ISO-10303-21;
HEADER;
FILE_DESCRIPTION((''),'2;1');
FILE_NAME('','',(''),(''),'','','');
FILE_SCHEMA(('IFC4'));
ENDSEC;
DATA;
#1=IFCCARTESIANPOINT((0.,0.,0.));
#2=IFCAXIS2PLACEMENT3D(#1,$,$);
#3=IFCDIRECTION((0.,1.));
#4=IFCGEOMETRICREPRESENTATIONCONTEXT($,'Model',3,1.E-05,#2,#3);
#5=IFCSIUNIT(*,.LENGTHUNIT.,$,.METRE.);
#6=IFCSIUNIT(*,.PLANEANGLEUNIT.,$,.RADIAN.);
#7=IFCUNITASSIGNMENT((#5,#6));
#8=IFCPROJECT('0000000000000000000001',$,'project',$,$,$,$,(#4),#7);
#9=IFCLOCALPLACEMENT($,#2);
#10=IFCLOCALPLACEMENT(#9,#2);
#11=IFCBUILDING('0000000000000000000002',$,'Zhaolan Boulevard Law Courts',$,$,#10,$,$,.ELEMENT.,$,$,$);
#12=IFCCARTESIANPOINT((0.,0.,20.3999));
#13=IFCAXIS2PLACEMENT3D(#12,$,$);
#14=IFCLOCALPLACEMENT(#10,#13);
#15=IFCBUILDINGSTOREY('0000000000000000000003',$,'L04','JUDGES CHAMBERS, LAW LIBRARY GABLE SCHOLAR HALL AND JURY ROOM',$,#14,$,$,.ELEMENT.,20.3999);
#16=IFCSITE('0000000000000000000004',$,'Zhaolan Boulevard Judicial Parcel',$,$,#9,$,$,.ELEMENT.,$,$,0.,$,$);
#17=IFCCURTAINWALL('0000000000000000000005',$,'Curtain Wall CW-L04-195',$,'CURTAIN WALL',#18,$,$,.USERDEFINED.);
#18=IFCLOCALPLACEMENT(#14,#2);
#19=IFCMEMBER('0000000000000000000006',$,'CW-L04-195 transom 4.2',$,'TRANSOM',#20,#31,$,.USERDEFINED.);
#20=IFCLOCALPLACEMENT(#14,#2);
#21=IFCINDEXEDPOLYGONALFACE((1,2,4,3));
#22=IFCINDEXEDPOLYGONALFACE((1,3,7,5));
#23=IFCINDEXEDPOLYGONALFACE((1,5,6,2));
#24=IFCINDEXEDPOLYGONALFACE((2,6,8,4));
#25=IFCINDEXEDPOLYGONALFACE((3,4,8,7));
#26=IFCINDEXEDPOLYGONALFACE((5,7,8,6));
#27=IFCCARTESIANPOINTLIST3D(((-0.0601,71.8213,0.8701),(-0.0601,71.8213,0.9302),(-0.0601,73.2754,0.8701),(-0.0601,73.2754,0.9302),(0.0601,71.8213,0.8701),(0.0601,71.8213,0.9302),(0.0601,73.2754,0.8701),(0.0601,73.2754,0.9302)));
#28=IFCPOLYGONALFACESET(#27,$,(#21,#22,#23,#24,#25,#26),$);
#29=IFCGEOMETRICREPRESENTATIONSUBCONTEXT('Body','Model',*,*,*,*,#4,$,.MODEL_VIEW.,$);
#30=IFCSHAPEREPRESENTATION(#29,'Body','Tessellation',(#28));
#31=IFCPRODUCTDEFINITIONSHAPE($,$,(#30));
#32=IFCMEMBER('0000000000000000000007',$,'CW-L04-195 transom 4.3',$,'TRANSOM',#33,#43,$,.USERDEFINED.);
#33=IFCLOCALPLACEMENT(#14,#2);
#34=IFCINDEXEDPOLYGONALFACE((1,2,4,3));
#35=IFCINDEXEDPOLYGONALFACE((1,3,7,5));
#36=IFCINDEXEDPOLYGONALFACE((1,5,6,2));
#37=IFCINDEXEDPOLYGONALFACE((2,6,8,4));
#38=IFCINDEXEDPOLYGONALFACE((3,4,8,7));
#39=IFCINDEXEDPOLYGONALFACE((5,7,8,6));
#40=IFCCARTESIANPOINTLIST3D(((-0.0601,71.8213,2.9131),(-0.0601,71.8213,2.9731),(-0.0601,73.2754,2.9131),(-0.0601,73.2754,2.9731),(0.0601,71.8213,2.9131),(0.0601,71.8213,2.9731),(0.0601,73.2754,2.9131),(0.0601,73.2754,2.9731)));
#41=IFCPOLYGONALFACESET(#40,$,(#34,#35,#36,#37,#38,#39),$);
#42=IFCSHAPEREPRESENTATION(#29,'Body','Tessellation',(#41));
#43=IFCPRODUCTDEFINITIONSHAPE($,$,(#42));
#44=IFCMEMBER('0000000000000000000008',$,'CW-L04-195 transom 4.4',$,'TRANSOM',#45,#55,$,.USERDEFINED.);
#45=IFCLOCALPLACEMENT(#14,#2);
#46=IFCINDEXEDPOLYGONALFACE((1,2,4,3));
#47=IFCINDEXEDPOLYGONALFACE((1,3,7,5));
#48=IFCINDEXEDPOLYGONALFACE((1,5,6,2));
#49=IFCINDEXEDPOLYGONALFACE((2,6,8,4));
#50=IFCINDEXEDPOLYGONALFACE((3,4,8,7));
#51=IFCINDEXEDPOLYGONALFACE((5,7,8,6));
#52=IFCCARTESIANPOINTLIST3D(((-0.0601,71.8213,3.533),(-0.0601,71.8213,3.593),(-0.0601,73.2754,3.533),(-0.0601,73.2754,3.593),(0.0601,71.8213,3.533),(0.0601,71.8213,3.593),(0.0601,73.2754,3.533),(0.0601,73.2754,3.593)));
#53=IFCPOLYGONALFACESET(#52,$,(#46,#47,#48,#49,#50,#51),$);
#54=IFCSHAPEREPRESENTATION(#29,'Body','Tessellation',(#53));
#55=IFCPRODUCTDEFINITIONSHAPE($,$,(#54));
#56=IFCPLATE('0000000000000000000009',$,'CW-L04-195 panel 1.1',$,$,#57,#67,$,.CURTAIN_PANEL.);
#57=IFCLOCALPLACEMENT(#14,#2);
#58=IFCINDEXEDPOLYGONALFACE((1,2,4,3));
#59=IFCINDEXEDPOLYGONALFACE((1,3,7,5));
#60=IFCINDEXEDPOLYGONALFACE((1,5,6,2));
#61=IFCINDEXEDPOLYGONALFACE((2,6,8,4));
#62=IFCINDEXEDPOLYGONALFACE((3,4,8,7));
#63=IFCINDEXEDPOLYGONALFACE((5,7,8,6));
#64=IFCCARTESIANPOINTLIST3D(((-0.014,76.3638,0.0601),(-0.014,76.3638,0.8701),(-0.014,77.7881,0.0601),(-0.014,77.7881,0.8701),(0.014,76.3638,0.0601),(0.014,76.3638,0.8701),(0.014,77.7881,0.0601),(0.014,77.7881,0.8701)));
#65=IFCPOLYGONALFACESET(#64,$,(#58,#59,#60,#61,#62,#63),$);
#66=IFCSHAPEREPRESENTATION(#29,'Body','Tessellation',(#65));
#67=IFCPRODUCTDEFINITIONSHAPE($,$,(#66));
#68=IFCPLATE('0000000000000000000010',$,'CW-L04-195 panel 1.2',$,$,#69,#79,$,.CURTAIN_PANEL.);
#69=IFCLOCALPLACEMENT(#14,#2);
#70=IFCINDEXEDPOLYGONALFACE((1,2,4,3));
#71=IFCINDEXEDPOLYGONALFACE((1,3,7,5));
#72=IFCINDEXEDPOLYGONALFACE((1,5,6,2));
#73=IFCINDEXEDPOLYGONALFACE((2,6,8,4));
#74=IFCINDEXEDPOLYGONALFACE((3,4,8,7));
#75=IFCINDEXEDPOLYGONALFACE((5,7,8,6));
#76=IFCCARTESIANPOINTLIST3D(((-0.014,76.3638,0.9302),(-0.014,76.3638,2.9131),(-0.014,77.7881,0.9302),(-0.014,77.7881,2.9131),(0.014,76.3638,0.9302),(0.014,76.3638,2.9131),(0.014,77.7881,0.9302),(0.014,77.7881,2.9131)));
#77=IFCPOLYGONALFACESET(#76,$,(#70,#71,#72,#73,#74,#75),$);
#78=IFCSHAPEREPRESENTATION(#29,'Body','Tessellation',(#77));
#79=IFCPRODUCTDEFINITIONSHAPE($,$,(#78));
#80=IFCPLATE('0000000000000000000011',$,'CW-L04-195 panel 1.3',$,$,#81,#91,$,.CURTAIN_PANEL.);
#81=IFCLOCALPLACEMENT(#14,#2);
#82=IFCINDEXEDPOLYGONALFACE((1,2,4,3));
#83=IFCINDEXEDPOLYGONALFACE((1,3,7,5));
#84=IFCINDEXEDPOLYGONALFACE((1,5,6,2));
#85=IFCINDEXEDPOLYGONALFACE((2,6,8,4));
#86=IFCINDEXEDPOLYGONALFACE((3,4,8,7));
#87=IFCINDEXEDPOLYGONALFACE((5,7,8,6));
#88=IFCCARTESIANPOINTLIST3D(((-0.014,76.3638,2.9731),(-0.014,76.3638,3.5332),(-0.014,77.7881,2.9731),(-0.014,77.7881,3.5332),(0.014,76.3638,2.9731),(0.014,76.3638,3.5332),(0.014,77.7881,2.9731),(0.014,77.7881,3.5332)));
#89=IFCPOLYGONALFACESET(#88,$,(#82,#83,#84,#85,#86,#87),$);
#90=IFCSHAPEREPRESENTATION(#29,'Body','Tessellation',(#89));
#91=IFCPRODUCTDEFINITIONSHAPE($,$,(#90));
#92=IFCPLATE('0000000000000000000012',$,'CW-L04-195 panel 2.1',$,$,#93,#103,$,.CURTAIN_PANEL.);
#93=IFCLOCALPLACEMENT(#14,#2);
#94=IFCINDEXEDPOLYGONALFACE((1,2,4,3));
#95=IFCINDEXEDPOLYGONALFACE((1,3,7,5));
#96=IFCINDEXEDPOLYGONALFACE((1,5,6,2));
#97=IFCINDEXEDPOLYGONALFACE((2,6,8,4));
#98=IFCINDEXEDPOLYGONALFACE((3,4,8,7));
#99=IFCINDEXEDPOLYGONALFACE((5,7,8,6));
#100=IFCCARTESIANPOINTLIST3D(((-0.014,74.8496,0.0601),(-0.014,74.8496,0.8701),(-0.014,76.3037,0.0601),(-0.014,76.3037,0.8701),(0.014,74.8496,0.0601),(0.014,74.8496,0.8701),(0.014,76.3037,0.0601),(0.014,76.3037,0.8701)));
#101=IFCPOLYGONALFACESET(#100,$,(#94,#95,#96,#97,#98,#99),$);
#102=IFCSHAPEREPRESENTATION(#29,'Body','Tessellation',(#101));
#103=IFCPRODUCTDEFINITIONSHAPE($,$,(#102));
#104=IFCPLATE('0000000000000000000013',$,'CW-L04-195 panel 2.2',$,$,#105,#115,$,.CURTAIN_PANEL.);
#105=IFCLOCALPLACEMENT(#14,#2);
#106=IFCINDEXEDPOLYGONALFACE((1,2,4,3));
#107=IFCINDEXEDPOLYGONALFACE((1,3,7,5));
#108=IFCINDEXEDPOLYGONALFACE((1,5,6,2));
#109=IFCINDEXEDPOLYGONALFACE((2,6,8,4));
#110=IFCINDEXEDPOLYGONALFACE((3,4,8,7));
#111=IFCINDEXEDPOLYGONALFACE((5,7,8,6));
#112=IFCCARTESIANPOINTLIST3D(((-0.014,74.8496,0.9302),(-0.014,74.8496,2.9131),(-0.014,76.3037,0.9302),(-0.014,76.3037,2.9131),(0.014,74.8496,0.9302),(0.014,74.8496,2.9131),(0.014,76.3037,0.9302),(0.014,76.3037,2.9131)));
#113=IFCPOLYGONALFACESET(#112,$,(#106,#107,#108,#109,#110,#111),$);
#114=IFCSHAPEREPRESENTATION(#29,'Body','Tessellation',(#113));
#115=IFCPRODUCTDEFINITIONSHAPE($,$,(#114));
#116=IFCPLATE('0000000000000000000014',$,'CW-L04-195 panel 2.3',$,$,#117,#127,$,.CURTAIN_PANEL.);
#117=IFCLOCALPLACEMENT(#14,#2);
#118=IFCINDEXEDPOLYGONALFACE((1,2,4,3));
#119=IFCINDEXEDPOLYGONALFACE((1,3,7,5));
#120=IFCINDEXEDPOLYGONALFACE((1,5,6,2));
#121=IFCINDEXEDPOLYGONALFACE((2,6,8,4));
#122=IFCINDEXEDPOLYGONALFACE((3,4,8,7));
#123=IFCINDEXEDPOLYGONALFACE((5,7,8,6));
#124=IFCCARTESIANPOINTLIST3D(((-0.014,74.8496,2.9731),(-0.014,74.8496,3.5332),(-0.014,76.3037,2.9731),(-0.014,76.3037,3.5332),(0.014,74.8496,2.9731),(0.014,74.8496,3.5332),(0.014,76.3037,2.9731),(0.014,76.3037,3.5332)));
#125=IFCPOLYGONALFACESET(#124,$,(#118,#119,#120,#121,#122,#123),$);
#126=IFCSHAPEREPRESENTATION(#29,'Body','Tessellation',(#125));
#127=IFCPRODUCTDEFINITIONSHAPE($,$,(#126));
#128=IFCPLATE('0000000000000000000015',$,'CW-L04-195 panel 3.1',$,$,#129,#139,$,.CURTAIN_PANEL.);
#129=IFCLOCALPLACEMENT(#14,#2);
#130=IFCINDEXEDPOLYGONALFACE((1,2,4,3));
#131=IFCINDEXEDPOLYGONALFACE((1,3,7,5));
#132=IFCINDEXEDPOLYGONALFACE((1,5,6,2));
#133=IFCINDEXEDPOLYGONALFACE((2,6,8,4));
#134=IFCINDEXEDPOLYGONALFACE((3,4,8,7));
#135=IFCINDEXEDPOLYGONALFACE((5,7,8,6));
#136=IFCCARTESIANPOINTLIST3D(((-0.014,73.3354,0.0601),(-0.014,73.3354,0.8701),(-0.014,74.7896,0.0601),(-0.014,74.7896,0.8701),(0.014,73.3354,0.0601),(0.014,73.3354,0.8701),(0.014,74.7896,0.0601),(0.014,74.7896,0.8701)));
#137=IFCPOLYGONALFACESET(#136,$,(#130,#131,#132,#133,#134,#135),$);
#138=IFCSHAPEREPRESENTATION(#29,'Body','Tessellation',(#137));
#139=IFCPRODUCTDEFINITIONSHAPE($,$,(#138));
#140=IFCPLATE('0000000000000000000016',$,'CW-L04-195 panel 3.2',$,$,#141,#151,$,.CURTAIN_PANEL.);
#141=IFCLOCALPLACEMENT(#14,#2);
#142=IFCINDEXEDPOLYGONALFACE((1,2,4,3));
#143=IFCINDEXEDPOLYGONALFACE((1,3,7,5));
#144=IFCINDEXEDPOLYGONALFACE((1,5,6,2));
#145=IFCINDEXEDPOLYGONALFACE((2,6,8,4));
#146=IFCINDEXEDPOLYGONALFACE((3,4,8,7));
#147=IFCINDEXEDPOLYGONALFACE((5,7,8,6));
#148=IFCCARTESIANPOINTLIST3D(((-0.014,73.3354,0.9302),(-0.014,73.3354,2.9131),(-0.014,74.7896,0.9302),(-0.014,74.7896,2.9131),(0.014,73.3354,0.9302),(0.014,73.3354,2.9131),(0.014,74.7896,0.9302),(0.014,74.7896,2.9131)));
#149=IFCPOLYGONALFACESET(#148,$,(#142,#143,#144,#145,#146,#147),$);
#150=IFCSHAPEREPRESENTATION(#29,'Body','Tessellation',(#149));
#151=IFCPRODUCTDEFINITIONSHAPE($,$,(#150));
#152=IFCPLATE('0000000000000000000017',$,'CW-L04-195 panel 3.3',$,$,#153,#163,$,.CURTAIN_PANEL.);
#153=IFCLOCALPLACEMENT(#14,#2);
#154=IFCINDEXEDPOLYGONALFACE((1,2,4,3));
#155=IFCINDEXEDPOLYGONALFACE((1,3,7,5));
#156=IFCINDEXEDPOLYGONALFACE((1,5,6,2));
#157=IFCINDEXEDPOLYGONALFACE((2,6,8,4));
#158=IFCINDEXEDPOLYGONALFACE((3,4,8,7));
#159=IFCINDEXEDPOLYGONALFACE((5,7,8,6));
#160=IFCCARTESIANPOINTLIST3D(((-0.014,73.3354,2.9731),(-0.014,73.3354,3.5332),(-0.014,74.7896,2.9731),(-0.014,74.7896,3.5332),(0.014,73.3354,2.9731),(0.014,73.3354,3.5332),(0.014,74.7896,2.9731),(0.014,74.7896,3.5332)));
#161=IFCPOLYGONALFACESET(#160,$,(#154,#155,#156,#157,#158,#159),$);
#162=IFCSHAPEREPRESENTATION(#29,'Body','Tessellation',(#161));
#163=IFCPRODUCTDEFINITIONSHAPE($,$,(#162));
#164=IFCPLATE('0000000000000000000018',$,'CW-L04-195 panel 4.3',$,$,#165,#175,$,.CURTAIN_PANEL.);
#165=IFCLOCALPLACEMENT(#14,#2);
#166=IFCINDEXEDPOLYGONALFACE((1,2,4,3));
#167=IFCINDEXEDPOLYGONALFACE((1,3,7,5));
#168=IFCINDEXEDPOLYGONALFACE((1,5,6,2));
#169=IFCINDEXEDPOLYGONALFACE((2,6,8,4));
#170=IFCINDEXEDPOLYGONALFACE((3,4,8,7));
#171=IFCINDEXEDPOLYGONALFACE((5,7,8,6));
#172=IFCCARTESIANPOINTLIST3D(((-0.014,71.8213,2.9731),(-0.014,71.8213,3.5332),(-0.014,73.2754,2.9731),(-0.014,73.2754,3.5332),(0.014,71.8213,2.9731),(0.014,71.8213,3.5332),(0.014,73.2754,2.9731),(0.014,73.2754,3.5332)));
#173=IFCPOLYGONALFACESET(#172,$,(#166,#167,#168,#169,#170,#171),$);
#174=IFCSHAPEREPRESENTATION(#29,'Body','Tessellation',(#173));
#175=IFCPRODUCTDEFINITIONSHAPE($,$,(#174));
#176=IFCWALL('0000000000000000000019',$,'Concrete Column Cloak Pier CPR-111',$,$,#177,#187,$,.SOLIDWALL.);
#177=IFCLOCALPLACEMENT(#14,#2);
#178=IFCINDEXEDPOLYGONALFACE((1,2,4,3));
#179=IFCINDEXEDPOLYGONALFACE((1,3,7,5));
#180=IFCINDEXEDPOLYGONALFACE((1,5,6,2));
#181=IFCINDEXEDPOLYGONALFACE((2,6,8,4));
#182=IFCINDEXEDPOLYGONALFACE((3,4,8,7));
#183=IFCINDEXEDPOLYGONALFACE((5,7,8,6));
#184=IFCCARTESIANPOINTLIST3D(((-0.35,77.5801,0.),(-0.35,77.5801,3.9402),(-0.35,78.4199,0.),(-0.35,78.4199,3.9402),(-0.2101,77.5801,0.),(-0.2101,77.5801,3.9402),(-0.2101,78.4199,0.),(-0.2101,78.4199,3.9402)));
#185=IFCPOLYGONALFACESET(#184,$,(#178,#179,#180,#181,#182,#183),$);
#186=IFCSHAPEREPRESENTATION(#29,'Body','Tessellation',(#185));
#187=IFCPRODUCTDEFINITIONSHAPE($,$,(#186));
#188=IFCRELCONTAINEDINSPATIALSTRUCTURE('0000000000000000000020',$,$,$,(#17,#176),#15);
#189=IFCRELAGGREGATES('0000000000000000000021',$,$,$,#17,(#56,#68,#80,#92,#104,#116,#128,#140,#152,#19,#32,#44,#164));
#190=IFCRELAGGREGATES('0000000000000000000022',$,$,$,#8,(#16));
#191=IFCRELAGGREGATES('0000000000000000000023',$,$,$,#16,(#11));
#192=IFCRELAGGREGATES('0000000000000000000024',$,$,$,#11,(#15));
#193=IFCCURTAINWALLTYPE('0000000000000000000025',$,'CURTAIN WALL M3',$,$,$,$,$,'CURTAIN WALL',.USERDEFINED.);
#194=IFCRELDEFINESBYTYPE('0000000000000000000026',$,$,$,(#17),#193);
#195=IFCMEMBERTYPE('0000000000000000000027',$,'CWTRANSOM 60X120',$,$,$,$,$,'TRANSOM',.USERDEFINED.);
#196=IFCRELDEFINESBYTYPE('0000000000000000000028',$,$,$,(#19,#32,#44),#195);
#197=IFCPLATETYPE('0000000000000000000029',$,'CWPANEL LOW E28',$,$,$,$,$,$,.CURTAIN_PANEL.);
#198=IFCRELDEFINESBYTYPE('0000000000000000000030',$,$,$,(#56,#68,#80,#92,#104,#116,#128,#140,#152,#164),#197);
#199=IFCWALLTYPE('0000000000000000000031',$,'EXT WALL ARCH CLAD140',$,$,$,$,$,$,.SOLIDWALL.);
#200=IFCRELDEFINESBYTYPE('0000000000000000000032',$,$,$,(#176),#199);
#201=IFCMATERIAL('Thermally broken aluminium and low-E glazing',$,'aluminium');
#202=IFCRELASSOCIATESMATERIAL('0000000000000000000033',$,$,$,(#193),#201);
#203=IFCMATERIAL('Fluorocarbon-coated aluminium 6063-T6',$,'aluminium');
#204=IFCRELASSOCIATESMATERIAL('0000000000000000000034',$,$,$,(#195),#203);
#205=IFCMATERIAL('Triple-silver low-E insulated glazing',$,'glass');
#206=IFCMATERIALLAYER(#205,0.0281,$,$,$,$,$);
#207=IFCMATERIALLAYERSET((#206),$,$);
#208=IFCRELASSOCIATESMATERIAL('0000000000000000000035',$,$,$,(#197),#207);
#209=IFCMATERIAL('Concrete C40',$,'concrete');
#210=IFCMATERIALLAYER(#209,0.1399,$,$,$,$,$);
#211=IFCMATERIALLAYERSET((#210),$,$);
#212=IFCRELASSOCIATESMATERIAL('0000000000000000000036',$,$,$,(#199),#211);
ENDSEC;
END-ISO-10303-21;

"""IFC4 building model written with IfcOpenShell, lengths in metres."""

from ifc_helpers import new_model, si_unit, direction, frame, frame_2d, origin, origin_2d, place, context, subcontext, project, spatial, rectangle, extrude, material, layer, layer_set, material_profile, profile_set, type_object, element, aggregate, save


model = new_model("IFC4")

# Units and contexts
model_context = context("Model", 3, precision=1e-05, world=origin(), true_north=direction((0.0, 1.0)))
body_context = subcontext(model_context, "Body", "Model", "MODEL_VIEW")
ifc_project = project(units=[si_unit("LENGTHUNIT", "METRE"), si_unit("PLANEANGLEUNIT", "RADIAN")], contexts=[model_context])

# Site, building, storey
site_placement = place(None, origin())
site = spatial("IfcSite", under=ifc_project, at=site_placement, Name="Zhaolan Boulevard Judicial Parcel", CompositionType="ELEMENT", RefElevation=0.0)
building_placement = place(site_placement, origin())
building = spatial("IfcBuilding", under=site, at=building_placement, Name="Zhaolan Boulevard Law Courts", CompositionType="ELEMENT")
storey_placement = place(building_placement, frame((0.0, 0.0, 20.3999)))
storey = spatial("IfcBuildingStorey", under=building, at=storey_placement, Name="L04", Description="JUDGES CHAMBERS, LAW LIBRARY GABLE SCHOLAR HALL AND JURY ROOM", CompositionType="ELEMENT", Elevation=20.3999)

# Curtain wall, members, plates
ifc_material_1 = material(Name="Thermally broken aluminium and low-E glazing", Category="aluminium")
curtain_wall_type = type_object("IfcCurtainWallType", Name="CURTAIN WALL M3", ElementType="CURTAIN WALL", PredefinedType="USERDEFINED", material=ifc_material_1)
curtain_wall_placement = place(storey_placement, origin())
curtain_wall = element("IfcCurtainWall", 1, at=curtain_wall_placement, inside=storey, type_object=curtain_wall_type, Name="Curtain Wall CW-L04-195", ObjectType="CURTAIN WALL", PredefinedType="USERDEFINED")
ifc_material_2 = material(Name="Fluorocarbon-coated aluminium 6063-T6", Category="aluminium")
ifc_material_profile_1 = material_profile(ifc_material_2, rectangle(XDim=0.1201, YDim=0.0601, at=origin_2d()), Name="AL60x120")
ifc_profile_set_1 = profile_set([ifc_material_profile_1], Name="Fluorocarbon-coated aluminium 6063-T6")
member_type_1 = type_object("IfcMemberType", Name="CWTRANSOM 60X120", ElementType="TRANSOM", PredefinedType="USERDEFINED", material=ifc_profile_set_1)
member_1_placement = place(storey_placement, frame((0.0, 73.2754, 0.9001), z_axis=(0.0, -1.0, 0.0), x_axis=(1.0, 0.0, 0.0)))
member_1 = element("IfcMember", 2, at=member_1_placement, type_object=member_type_1, Name="CW-L04-195 transom 4.2", ObjectType="TRANSOM", PredefinedType="USERDEFINED", context=body_context, shape_type="SweptSolid", body=[
    extrude(rectangle(XDim=0.1201, YDim=0.0601, at=origin_2d()), origin(), (0.0, 0.0, 1.0), 1.4541),
])
member_2_placement = place(storey_placement, frame((0.0, 73.2754, 2.9431), z_axis=(0.0, -1.0, 0.0), x_axis=(1.0, 0.0, 0.0)))
member_2 = element("IfcMember", 3, at=member_2_placement, type_object=member_type_1, Name="CW-L04-195 transom 4.3", ObjectType="TRANSOM", PredefinedType="USERDEFINED", context=body_context, shape_type="SweptSolid", body=[
    extrude(rectangle(XDim=0.1201, YDim=0.0601, at=origin_2d()), origin(), (0.0, 0.0, 1.0), 1.4541),
])
member_3_placement = place(storey_placement, frame((0.0, 73.2754, 3.563), z_axis=(0.0, -1.0, 0.0), x_axis=(1.0, 0.0, 0.0)))
member_3 = element("IfcMember", 4, at=member_3_placement, type_object=member_type_1, Name="CW-L04-195 transom 4.4", ObjectType="TRANSOM", PredefinedType="USERDEFINED", context=body_context, shape_type="SweptSolid", body=[
    extrude(rectangle(XDim=0.1201, YDim=0.0601, at=origin_2d()), origin(), (0.0, 0.0, 1.0), 1.4541),
])
ifc_material_3 = material(Name="Triple-silver low-E insulated glazing", Category="glass")
ifc_layer_1 = layer(ifc_material_3, 0.0281)
ifc_layer_set_1 = layer_set([ifc_layer_1])
plate_type = type_object("IfcPlateType", Name="CWPANEL LOW E28", PredefinedType="CURTAIN_PANEL", material=ifc_layer_set_1)
plate_1_placement = place(storey_placement, frame((0.0, 77.0759, 0.0601), z_axis=(0.0, 0.0, 1.0), x_axis=(0.0, -1.0, 0.0)))
plate_1 = element("IfcPlate", 5, at=plate_1_placement, type_object=plate_type, Name="CW-L04-195 panel 1.1", PredefinedType="CURTAIN_PANEL", context=body_context, shape_type="SweptSolid", body=[
    extrude(rectangle(XDim=1.4243, YDim=0.0281, at=origin_2d()), origin(), (0.0, 0.0, 1.0), 0.8101),
])
plate_2_placement = place(storey_placement, frame((0.0, 77.0759, 0.9302), z_axis=(0.0, 0.0, 1.0), x_axis=(0.0, -1.0, 0.0)))
plate_2 = element("IfcPlate", 6, at=plate_2_placement, type_object=plate_type, Name="CW-L04-195 panel 1.2", PredefinedType="CURTAIN_PANEL", context=body_context, shape_type="SweptSolid", body=[
    extrude(rectangle(XDim=1.4243, YDim=0.0281, at=origin_2d()), origin(), (0.0, 0.0, 1.0), 1.9829),
])
plate_3_placement = place(storey_placement, frame((0.0, 77.0759, 2.9731), z_axis=(0.0, 0.0, 1.0), x_axis=(0.0, -1.0, 0.0)))
plate_3 = element("IfcPlate", 7, at=plate_3_placement, type_object=plate_type, Name="CW-L04-195 panel 1.3", PredefinedType="CURTAIN_PANEL", context=body_context, shape_type="SweptSolid", body=[
    extrude(rectangle(XDim=1.4243, YDim=0.0281, at=origin_2d()), origin(), (0.0, 0.0, 1.0), 0.5601),
])
plate_4_placement = place(storey_placement, frame((0.0, 75.5767, 0.0601), z_axis=(0.0, 0.0, 1.0), x_axis=(0.0, -1.0, 0.0)))
plate_4 = element("IfcPlate", 8, at=plate_4_placement, type_object=plate_type, Name="CW-L04-195 panel 2.1", PredefinedType="CURTAIN_PANEL", context=body_context, shape_type="SweptSolid", body=[
    extrude(rectangle(XDim=1.4541, YDim=0.0281, at=origin_2d()), origin(), (0.0, 0.0, 1.0), 0.8101),
])
plate_5_placement = place(storey_placement, frame((0.0, 75.5767, 0.9302), z_axis=(0.0, 0.0, 1.0), x_axis=(0.0, -1.0, 0.0)))
plate_5 = element("IfcPlate", 9, at=plate_5_placement, type_object=plate_type, Name="CW-L04-195 panel 2.2", PredefinedType="CURTAIN_PANEL", context=body_context, shape_type="SweptSolid", body=[
    extrude(rectangle(XDim=1.4541, YDim=0.0281, at=origin_2d()), origin(), (0.0, 0.0, 1.0), 1.9829),
])
plate_6_placement = place(storey_placement, frame((0.0, 75.5767, 2.9731), z_axis=(0.0, 0.0, 1.0), x_axis=(0.0, -1.0, 0.0)))
plate_6 = element("IfcPlate", 10, at=plate_6_placement, type_object=plate_type, Name="CW-L04-195 panel 2.3", PredefinedType="CURTAIN_PANEL", context=body_context, shape_type="SweptSolid", body=[
    extrude(rectangle(XDim=1.4541, YDim=0.0281, at=origin_2d()), origin(), (0.0, 0.0, 1.0), 0.5601),
])
plate_7_placement = place(storey_placement, frame((0.0, 74.0625, 0.0601), z_axis=(0.0, 0.0, 1.0), x_axis=(0.0, -1.0, 0.0)))
plate_7 = element("IfcPlate", 11, at=plate_7_placement, type_object=plate_type, Name="CW-L04-195 panel 3.1", PredefinedType="CURTAIN_PANEL", context=body_context, shape_type="SweptSolid", body=[
    extrude(rectangle(XDim=1.4541, YDim=0.0281, at=origin_2d()), origin(), (0.0, 0.0, 1.0), 0.8101),
])
plate_8_placement = place(storey_placement, frame((0.0, 74.0625, 0.9302), z_axis=(0.0, 0.0, 1.0), x_axis=(0.0, -1.0, 0.0)))
plate_8 = element("IfcPlate", 12, at=plate_8_placement, type_object=plate_type, Name="CW-L04-195 panel 3.2", PredefinedType="CURTAIN_PANEL", context=body_context, shape_type="SweptSolid", body=[
    extrude(rectangle(XDim=1.4541, YDim=0.0281, at=origin_2d()), origin(), (0.0, 0.0, 1.0), 1.9829),
])
plate_9_placement = place(storey_placement, frame((0.0, 74.0625, 2.9731), z_axis=(0.0, 0.0, 1.0), x_axis=(0.0, -1.0, 0.0)))
plate_9 = element("IfcPlate", 13, at=plate_9_placement, type_object=plate_type, Name="CW-L04-195 panel 3.3", PredefinedType="CURTAIN_PANEL", context=body_context, shape_type="SweptSolid", body=[
    extrude(rectangle(XDim=1.4541, YDim=0.0281, at=origin_2d()), origin(), (0.0, 0.0, 1.0), 0.5601),
])
plate_10_placement = place(storey_placement, frame((0.0, 72.5483, 2.9731), z_axis=(0.0, 0.0, 1.0), x_axis=(0.0, -1.0, 0.0)))
plate_10 = element("IfcPlate", 14, at=plate_10_placement, type_object=plate_type, Name="CW-L04-195 panel 4.3", PredefinedType="CURTAIN_PANEL", context=body_context, shape_type="SweptSolid", body=[
    extrude(rectangle(XDim=1.4541, YDim=0.0281, at=origin_2d()), origin(), (0.0, 0.0, 1.0), 0.5601),
])
aggregate(curtain_wall, [plate_1, plate_2, plate_3, plate_4, plate_5, plate_6, plate_7, plate_8, plate_9, member_1, member_2, member_3, plate_10])

# Wall
ifc_material_4 = material(Name="Concrete C40", Category="concrete")
ifc_layer_2 = layer(ifc_material_4, 0.1399)
ifc_layer_set_2 = layer_set([ifc_layer_2])
wall_type = type_object("IfcWallType", Name="EXT WALL ARCH CLAD140", PredefinedType="SOLIDWALL", material=ifc_layer_set_2)
wall_placement = place(storey_placement, frame((-0.28, 77.5801, 0.0), z_axis=(0.0, 0.0, 1.0), x_axis=(0.0, 1.0, 0.0)))
element("IfcWall", 15, at=wall_placement, inside=storey, type_object=wall_type, Name="Concrete Column Cloak Pier CPR-111", PredefinedType="SOLIDWALL", context=body_context, shape_type="SweptSolid", body=[
    extrude(rectangle(XDim=0.8398, YDim=0.1399, at=frame_2d((0.4199, 0.0))), origin(), (0.0, 0.0, 1.0), 3.9402),
])

save(model, "model.ifc")
